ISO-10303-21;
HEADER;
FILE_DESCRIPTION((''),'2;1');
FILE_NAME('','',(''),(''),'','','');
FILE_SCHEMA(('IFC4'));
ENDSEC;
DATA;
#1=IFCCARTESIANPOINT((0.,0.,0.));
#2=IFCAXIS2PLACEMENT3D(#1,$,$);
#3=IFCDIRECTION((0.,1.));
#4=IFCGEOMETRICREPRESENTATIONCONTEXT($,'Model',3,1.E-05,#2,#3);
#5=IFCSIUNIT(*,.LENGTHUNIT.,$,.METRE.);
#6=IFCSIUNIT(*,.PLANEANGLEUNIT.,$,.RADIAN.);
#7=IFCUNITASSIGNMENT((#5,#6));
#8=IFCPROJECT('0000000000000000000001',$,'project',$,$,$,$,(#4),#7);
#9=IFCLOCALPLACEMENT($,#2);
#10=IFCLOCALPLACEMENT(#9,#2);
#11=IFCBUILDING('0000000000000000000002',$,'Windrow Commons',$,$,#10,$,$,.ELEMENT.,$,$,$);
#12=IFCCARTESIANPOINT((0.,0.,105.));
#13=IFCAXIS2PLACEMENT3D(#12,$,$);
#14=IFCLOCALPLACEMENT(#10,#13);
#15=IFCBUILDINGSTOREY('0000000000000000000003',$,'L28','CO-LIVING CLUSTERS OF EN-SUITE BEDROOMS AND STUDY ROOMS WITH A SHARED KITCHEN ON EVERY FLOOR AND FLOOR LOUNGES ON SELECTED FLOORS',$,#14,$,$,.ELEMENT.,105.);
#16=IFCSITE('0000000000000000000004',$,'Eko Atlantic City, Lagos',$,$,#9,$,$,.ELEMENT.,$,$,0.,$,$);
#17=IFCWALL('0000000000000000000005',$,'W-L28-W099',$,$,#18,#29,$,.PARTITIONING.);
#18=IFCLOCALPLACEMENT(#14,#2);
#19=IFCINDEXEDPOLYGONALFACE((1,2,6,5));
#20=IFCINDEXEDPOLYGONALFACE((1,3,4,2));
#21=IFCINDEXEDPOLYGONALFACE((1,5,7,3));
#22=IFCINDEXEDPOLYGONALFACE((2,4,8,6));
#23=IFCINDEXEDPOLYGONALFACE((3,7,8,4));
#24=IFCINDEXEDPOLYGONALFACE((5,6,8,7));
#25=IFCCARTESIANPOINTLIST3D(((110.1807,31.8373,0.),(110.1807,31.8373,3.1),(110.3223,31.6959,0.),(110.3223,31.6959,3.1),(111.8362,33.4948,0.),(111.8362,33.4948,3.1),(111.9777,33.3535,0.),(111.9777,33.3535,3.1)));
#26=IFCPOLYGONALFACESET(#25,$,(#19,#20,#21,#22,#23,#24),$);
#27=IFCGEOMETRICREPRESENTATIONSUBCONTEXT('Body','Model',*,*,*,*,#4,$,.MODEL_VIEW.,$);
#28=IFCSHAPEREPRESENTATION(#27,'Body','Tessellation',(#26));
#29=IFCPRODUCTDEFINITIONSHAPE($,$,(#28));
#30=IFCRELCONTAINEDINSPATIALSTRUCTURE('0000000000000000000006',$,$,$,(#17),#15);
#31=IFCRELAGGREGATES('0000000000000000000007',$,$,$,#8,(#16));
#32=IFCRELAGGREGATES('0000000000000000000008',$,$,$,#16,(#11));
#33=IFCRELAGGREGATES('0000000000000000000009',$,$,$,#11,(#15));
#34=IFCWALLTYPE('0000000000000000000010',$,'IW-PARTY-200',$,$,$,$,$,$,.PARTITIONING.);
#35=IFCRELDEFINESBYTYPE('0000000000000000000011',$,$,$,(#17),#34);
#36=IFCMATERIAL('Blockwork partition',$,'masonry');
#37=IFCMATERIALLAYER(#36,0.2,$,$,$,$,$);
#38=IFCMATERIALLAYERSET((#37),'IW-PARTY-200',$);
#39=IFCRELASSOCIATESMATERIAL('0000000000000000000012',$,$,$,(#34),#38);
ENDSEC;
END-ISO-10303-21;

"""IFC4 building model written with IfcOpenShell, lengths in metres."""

from ifc_helpers import new_model, si_unit, direction, frame, frame_2d, origin, place, context, subcontext, project, spatial, rectangle, extrude, material, layer, layer_set, type_object, element, save


model = new_model("IFC4")

# Units and contexts
model_context = context("Model", 3, precision=1e-05, world=origin(), true_north=direction((0.0, 1.0)))
body_context = subcontext(model_context, "Body", "Model", "MODEL_VIEW")
ifc_project = project(units=[si_unit("LENGTHUNIT", "METRE"), si_unit("PLANEANGLEUNIT", "RADIAN")], contexts=[model_context])

# Site, building, storey
site_placement = place(None, origin())
site = spatial("IfcSite", under=ifc_project, at=site_placement, Name="Eko Atlantic City, Lagos", CompositionType="ELEMENT", RefElevation=0.0)
building_placement = place(site_placement, origin())
building = spatial("IfcBuilding", under=site, at=building_placement, Name="Windrow Commons", CompositionType="ELEMENT")
storey_placement = place(building_placement, frame((0.0, 0.0, 105.0)))
storey = spatial("IfcBuildingStorey", under=building, at=storey_placement, Name="L28", Description="CO-LIVING CLUSTERS OF EN-SUITE BEDROOMS AND STUDY ROOMS WITH A SHARED KITCHEN ON EVERY FLOOR AND FLOOR LOUNGES ON SELECTED FLOORS", CompositionType="ELEMENT", Elevation=105.0)

# Wall
ifc_material_1 = material(Name="Blockwork partition", Category="masonry")
ifc_layer_1 = layer(ifc_material_1, 0.2)
ifc_layer_set_1 = layer_set([ifc_layer_1], Name="IW-PARTY-200")
wall_type_1 = type_object("IfcWallType", Name="IW-PARTY-200", PredefinedType="PARTITIONING", material=ifc_layer_set_1)
wall_1_placement = place(storey_placement, frame((110.2515, 31.7666, 0.0), z_axis=(0.0, 0.0, 1.0), x_axis=(0.706658, 0.707555, 0.0)))
element("IfcWall", 1, at=wall_1_placement, inside=storey, type_object=wall_type_1, Name="W-L28-W099", PredefinedType="PARTITIONING", context=body_context, shape_type="SweptSolid", body=[
    extrude(rectangle(XDim=2.3426, YDim=0.2, at=frame_2d((1.1713, 0.0))), origin(), (0.0, 0.0, 1.0), 3.1),
])

save(model, "model.ifc")
